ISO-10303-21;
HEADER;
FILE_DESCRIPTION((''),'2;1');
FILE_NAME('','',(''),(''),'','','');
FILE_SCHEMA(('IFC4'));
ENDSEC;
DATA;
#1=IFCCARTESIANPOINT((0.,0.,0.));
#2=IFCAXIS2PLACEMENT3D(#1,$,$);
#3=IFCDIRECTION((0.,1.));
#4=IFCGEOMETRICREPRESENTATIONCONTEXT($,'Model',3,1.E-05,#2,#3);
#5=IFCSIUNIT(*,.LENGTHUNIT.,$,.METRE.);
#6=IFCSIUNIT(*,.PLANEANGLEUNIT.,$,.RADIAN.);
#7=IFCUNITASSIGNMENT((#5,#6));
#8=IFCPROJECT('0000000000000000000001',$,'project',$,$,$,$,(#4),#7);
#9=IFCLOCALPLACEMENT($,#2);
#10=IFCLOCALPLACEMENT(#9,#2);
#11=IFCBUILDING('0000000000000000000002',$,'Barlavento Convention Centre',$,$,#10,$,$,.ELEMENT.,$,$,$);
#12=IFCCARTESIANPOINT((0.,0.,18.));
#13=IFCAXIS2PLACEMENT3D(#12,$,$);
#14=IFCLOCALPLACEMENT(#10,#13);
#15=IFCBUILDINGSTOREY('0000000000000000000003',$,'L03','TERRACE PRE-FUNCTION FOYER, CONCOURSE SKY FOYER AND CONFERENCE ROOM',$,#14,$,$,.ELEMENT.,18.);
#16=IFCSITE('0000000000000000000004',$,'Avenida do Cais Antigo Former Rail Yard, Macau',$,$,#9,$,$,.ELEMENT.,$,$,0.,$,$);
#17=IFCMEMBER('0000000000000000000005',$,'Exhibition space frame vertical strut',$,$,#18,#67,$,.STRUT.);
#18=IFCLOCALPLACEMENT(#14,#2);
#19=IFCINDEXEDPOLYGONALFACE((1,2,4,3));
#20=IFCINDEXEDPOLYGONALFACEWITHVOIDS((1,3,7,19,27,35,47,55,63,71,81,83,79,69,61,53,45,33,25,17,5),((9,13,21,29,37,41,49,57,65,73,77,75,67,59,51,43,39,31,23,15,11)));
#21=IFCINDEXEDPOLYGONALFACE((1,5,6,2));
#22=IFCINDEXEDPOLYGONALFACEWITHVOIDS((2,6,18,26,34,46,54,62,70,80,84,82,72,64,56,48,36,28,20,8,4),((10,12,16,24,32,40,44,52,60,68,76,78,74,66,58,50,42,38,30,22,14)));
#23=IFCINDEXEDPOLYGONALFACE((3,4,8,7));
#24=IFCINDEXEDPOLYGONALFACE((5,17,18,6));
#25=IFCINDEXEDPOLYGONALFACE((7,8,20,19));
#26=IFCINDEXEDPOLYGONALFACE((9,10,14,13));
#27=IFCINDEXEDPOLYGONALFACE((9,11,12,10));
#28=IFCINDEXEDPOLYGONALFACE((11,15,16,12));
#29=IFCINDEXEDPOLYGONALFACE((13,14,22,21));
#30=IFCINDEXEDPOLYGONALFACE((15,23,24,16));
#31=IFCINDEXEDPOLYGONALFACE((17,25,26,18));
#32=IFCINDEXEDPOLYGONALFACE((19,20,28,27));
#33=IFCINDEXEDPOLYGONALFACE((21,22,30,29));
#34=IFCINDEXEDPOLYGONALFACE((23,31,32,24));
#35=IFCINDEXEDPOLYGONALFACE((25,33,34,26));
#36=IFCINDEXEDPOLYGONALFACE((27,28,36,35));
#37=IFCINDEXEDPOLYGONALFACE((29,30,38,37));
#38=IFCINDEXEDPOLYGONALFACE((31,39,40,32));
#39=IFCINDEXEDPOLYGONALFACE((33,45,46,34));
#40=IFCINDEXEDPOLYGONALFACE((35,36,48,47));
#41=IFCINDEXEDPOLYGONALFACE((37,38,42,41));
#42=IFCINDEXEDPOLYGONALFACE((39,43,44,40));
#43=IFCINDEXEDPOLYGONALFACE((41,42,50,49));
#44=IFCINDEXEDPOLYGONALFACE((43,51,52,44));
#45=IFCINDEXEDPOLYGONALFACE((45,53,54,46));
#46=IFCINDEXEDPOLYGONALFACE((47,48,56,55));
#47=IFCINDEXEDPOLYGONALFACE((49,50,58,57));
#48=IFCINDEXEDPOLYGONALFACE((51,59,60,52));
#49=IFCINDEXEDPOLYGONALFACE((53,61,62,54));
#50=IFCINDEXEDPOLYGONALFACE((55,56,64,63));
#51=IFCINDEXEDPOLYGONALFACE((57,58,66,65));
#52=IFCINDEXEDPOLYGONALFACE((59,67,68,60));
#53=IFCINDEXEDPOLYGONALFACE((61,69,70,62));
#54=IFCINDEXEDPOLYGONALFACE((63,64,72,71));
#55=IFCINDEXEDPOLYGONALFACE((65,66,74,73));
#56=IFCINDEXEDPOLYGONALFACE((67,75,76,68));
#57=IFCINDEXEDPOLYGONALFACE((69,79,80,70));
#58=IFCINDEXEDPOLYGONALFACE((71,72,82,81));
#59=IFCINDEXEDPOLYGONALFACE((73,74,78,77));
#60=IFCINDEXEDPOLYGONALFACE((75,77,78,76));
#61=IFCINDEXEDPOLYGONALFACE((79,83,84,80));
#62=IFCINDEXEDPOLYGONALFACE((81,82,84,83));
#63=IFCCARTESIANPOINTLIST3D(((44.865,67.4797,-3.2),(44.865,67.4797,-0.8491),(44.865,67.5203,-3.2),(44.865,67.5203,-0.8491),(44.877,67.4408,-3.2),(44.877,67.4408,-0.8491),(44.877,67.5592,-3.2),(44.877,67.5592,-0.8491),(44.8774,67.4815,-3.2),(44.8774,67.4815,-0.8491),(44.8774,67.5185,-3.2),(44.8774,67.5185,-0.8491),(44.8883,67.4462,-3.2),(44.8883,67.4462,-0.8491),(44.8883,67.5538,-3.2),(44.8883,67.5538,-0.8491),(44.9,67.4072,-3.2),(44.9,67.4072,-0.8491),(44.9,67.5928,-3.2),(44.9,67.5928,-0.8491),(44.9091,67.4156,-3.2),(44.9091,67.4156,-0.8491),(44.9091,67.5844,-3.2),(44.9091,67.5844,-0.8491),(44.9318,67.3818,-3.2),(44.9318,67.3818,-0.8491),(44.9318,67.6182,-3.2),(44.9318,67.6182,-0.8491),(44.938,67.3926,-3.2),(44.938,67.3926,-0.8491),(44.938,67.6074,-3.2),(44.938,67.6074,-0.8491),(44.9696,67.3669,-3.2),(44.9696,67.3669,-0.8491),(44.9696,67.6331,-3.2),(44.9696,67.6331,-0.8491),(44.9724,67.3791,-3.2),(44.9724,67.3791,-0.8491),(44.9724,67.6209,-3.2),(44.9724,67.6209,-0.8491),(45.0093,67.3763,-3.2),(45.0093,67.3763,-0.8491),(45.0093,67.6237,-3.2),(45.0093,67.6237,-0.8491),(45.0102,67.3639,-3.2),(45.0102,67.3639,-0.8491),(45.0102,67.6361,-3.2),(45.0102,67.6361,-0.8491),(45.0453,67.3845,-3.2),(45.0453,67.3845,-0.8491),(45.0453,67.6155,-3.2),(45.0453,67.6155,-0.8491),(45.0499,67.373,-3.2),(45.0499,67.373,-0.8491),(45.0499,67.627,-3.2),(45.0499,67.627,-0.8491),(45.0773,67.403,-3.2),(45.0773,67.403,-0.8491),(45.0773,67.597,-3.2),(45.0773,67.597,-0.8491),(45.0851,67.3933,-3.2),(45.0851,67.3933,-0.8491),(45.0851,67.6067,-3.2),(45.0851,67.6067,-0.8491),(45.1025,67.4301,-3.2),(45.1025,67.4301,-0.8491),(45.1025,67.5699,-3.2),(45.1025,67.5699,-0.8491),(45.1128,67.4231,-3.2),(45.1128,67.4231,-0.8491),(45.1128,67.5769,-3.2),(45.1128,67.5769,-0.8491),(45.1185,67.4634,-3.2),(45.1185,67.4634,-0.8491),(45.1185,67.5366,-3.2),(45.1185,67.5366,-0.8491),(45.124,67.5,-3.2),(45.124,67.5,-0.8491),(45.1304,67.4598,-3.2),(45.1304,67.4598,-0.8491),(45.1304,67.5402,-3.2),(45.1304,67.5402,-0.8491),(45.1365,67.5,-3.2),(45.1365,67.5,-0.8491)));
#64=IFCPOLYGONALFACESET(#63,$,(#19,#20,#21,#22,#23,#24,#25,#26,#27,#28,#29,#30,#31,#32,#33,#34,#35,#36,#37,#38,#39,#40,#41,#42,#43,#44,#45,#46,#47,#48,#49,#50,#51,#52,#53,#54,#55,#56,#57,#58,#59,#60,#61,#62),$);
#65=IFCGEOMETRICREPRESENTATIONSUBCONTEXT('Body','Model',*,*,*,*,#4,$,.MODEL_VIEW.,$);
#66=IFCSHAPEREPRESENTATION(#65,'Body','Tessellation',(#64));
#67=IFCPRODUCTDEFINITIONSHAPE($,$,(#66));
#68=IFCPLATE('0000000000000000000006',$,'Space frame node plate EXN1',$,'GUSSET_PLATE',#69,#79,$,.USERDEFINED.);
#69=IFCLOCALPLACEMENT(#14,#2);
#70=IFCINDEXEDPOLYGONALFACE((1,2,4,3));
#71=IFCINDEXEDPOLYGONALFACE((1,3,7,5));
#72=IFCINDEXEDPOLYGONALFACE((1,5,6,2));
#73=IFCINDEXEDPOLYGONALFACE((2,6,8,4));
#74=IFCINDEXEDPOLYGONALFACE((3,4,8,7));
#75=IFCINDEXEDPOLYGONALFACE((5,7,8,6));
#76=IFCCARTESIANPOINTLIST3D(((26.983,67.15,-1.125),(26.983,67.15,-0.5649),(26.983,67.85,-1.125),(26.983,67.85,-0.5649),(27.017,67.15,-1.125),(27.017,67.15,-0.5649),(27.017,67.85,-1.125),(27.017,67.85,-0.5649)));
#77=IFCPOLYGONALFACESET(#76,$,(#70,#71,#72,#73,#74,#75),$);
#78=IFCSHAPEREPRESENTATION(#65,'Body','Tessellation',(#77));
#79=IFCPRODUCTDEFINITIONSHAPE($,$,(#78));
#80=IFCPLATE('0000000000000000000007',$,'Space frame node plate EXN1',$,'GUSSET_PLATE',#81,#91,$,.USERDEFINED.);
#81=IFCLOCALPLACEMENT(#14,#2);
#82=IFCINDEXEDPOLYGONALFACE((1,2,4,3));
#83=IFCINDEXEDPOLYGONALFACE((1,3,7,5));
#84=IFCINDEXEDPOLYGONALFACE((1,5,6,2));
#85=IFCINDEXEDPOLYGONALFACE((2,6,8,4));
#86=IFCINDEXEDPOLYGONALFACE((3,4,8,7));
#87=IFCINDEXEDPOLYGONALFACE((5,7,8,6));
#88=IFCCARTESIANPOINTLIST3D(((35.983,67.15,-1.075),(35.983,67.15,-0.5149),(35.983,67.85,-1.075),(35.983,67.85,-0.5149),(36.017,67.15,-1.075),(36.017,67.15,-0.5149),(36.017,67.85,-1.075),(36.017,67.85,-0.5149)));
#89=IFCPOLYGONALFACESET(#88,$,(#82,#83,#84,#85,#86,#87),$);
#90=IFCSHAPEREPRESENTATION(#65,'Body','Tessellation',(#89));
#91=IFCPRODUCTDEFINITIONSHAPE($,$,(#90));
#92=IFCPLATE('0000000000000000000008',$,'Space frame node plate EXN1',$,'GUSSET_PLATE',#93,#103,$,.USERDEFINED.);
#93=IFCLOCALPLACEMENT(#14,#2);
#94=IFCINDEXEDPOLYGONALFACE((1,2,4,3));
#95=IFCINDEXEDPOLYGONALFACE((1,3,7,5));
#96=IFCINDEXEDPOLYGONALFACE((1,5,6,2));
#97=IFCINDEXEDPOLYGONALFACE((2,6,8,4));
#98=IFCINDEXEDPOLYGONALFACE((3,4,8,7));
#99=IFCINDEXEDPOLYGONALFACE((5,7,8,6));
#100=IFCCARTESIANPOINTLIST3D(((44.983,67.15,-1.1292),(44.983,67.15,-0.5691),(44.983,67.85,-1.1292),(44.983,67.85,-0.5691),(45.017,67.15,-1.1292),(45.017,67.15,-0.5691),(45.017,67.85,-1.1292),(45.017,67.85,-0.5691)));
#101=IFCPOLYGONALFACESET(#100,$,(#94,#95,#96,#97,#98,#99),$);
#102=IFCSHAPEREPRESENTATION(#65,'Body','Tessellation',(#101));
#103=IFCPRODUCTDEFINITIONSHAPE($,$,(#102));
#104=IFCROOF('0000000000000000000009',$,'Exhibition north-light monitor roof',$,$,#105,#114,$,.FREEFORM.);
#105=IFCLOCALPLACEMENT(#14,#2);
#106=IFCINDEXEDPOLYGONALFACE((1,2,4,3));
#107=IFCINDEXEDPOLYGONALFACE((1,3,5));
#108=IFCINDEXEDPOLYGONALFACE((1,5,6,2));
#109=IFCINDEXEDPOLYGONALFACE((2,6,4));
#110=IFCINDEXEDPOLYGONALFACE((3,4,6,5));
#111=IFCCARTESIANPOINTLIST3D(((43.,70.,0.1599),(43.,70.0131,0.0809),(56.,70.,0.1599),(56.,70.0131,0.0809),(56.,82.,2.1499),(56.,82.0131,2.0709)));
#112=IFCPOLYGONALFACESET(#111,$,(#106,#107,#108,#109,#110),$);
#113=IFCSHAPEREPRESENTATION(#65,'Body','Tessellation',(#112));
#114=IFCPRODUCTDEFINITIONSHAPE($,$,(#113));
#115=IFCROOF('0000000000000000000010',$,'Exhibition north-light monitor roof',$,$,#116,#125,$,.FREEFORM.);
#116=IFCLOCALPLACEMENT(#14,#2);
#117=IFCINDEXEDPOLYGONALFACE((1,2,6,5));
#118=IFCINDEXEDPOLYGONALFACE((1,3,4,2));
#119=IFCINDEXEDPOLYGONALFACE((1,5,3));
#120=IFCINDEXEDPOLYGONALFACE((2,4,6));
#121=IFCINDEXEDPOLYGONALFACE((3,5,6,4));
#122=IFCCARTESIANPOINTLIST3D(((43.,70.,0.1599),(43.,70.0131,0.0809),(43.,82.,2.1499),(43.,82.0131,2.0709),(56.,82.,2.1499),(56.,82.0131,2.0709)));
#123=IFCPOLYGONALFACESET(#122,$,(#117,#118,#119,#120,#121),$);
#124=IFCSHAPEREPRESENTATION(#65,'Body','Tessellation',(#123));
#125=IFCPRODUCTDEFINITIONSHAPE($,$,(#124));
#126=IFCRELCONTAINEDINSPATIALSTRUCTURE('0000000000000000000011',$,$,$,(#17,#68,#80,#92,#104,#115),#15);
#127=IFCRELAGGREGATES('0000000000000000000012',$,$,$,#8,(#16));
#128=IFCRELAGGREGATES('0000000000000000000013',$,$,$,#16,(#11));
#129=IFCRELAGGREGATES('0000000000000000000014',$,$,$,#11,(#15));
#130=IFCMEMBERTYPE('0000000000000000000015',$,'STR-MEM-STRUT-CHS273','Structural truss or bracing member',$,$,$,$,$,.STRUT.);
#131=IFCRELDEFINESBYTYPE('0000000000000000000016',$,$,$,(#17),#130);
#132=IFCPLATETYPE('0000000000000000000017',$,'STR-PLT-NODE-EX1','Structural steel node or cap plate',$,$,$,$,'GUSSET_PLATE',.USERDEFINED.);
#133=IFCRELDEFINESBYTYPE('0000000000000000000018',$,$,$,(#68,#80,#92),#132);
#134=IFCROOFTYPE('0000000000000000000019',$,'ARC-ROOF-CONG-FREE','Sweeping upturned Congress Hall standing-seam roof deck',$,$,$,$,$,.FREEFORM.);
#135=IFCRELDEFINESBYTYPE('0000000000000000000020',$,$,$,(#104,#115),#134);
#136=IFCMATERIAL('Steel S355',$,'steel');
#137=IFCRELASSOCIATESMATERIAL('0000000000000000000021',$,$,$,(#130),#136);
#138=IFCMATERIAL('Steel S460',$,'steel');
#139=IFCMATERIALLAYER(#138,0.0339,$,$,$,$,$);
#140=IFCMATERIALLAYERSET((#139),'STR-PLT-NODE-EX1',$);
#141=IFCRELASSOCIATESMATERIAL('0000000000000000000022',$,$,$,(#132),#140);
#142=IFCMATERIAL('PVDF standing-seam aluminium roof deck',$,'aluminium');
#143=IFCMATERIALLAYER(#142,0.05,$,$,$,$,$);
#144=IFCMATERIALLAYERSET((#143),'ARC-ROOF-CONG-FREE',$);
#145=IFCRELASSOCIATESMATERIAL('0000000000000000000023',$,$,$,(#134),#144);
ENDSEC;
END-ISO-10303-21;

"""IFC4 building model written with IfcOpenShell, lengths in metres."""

from ifc_helpers import new_model, si_unit, direction, frame, origin, origin_2d, place, context, subcontext, project, spatial, polyline, rectangle, hollow_circle, outline, extrude, material, layer, layer_set, material_profile, profile_set, type_object, element, save


model = new_model("IFC4")

# Units and contexts
model_context = context("Model", 3, precision=1e-05, world=origin(), true_north=direction((0.0, 1.0)))
body_context = subcontext(model_context, "Body", "Model", "MODEL_VIEW")
ifc_project = project(units=[si_unit("LENGTHUNIT", "METRE"), si_unit("PLANEANGLEUNIT", "RADIAN")], contexts=[model_context])

# Site, building, storey
site_placement = place(None, origin())
site = spatial("IfcSite", under=ifc_project, at=site_placement, Name="Avenida do Cais Antigo Former Rail Yard, Macau", CompositionType="ELEMENT", RefElevation=0.0)
building_placement = place(site_placement, origin())
building = spatial("IfcBuilding", under=site, at=building_placement, Name="Barlavento Convention Centre", CompositionType="ELEMENT")
storey_placement = place(building_placement, frame((0.0, 0.0, 18.0)))
storey = spatial("IfcBuildingStorey", under=building, at=storey_placement, Name="L03", Description="TERRACE PRE-FUNCTION FOYER, CONCOURSE SKY FOYER AND CONFERENCE ROOM", CompositionType="ELEMENT", Elevation=18.0)

# Shared definitions
ifc_material_1 = material(Name="Steel S460", Category="steel")

# Member
ifc_material_2 = material(Name="Steel S355", Category="steel")
ifc_material_profile_1 = material_profile(ifc_material_2, hollow_circle(Radius=0.1365, WallThickness=0.0125, at=origin_2d()), Name="CHS 273.0x12.5")
ifc_profile_set_1 = profile_set([ifc_material_profile_1], Name="Steel S355")
member_type_1 = type_object("IfcMemberType", Name="STR-MEM-STRUT-CHS273", Description="Structural truss or bracing member", PredefinedType="STRUT", material=ifc_profile_set_1)
member_1_placement = place(storey_placement, frame((45.0, 67.5, -3.2), z_axis=(0.0, 0.0, 1.0), x_axis=(1.0, 0.0, 0.0)))
element("IfcMember", 1, at=member_1_placement, inside=storey, type_object=member_type_1, Name="Exhibition space frame vertical strut", PredefinedType="STRUT", context=body_context, shape_type="SweptSolid", body=[
    extrude(hollow_circle(Radius=0.1365, WallThickness=0.0125, at=origin_2d()), origin(), (0.0, 0.0, 1.0), 2.3508),
])

# Plates
ifc_layer_1 = layer(ifc_material_1, 0.0339)
ifc_layer_set_1 = layer_set([ifc_layer_1], Name="STR-PLT-NODE-EX1")
plate_type = type_object("IfcPlateType", Name="STR-PLT-NODE-EX1", Description="Structural steel node or cap plate", ElementType="GUSSET_PLATE", PredefinedType="USERDEFINED", material=ifc_layer_set_1)
for number, where, z_axis, x_axis, name in (
    (2, (27.0, 67.5, -1.125), (0.0, 0.0, 1.0), (1.0, 0.0, 0.0), "Space frame node plate EXN1"),
    (3, (36.0, 67.5, -1.075), (0.0, 0.0, 1.0), (1.0, 0.0, 0.0), "Space frame node plate EXN1"),
    (4, (45.0, 67.5, -1.1292), (0.0, 0.0, 1.0), (1.0, 0.0, 0.0), "Space frame node plate EXN1"),
):
    element("IfcPlate", number, at=place(storey_placement, frame(where, z_axis=z_axis, x_axis=x_axis)), inside=storey, type_object=plate_type, Name=name, ObjectType="GUSSET_PLATE", PredefinedType="USERDEFINED", context=body_context, shape_type="SweptSolid", body=[
        extrude(rectangle(XDim=0.0339, YDim=0.7, at=origin_2d()), origin(), (0.0, 0.0, 1.0), 0.5601),
    ])

# Roofs
ifc_material_3 = material(Name="PVDF standing-seam aluminium roof deck", Category="aluminium")
ifc_layer_2 = layer(ifc_material_3, 0.05)
ifc_layer_set_2 = layer_set([ifc_layer_2], Name="ARC-ROOF-CONG-FREE")
roof_type = type_object("IfcRoofType", Name="ARC-ROOF-CONG-FREE", Description="Sweeping upturned Congress Hall standing-seam roof deck", PredefinedType="FREEFORM", material=ifc_layer_set_2)
roof_1_placement = place(storey_placement, frame((43.0, 70.0, 0.1599), z_axis=(0.0, -0.163598, 0.986527), x_axis=(1.0, 0.0, 0.0)))
element("IfcRoof", 5, at=roof_1_placement, inside=storey, type_object=roof_type, Name="Exhibition north-light monitor roof", PredefinedType="FREEFORM", context=body_context, shape_type="SweptSolid", body=[
    extrude(outline(polyline([(0.0, 0.0), (13.0, 0.0), (13.0, 12.1639), (0.0, 0.0)])), origin(), (0.0, 0.0, -1.0), 0.0801),
])
roof_2_placement = place(storey_placement, frame((43.0, 70.0, 0.1599), z_axis=(0.0, -0.163598, 0.986527), x_axis=(0.730199, 0.67403, 0.111776)))
element("IfcRoof", 6, at=roof_2_placement, inside=storey, type_object=roof_type, Name="Exhibition north-light monitor roof", PredefinedType="FREEFORM", context=body_context, shape_type="SweptSolid", body=[
    extrude(outline(polyline([(0.0, 0.0), (17.8034, 0.0), (8.3108, 8.8821), (0.0, 0.0)])), origin(), (0.0, 0.0, -1.0), 0.0801),
])

save(model, "model.ifc")
